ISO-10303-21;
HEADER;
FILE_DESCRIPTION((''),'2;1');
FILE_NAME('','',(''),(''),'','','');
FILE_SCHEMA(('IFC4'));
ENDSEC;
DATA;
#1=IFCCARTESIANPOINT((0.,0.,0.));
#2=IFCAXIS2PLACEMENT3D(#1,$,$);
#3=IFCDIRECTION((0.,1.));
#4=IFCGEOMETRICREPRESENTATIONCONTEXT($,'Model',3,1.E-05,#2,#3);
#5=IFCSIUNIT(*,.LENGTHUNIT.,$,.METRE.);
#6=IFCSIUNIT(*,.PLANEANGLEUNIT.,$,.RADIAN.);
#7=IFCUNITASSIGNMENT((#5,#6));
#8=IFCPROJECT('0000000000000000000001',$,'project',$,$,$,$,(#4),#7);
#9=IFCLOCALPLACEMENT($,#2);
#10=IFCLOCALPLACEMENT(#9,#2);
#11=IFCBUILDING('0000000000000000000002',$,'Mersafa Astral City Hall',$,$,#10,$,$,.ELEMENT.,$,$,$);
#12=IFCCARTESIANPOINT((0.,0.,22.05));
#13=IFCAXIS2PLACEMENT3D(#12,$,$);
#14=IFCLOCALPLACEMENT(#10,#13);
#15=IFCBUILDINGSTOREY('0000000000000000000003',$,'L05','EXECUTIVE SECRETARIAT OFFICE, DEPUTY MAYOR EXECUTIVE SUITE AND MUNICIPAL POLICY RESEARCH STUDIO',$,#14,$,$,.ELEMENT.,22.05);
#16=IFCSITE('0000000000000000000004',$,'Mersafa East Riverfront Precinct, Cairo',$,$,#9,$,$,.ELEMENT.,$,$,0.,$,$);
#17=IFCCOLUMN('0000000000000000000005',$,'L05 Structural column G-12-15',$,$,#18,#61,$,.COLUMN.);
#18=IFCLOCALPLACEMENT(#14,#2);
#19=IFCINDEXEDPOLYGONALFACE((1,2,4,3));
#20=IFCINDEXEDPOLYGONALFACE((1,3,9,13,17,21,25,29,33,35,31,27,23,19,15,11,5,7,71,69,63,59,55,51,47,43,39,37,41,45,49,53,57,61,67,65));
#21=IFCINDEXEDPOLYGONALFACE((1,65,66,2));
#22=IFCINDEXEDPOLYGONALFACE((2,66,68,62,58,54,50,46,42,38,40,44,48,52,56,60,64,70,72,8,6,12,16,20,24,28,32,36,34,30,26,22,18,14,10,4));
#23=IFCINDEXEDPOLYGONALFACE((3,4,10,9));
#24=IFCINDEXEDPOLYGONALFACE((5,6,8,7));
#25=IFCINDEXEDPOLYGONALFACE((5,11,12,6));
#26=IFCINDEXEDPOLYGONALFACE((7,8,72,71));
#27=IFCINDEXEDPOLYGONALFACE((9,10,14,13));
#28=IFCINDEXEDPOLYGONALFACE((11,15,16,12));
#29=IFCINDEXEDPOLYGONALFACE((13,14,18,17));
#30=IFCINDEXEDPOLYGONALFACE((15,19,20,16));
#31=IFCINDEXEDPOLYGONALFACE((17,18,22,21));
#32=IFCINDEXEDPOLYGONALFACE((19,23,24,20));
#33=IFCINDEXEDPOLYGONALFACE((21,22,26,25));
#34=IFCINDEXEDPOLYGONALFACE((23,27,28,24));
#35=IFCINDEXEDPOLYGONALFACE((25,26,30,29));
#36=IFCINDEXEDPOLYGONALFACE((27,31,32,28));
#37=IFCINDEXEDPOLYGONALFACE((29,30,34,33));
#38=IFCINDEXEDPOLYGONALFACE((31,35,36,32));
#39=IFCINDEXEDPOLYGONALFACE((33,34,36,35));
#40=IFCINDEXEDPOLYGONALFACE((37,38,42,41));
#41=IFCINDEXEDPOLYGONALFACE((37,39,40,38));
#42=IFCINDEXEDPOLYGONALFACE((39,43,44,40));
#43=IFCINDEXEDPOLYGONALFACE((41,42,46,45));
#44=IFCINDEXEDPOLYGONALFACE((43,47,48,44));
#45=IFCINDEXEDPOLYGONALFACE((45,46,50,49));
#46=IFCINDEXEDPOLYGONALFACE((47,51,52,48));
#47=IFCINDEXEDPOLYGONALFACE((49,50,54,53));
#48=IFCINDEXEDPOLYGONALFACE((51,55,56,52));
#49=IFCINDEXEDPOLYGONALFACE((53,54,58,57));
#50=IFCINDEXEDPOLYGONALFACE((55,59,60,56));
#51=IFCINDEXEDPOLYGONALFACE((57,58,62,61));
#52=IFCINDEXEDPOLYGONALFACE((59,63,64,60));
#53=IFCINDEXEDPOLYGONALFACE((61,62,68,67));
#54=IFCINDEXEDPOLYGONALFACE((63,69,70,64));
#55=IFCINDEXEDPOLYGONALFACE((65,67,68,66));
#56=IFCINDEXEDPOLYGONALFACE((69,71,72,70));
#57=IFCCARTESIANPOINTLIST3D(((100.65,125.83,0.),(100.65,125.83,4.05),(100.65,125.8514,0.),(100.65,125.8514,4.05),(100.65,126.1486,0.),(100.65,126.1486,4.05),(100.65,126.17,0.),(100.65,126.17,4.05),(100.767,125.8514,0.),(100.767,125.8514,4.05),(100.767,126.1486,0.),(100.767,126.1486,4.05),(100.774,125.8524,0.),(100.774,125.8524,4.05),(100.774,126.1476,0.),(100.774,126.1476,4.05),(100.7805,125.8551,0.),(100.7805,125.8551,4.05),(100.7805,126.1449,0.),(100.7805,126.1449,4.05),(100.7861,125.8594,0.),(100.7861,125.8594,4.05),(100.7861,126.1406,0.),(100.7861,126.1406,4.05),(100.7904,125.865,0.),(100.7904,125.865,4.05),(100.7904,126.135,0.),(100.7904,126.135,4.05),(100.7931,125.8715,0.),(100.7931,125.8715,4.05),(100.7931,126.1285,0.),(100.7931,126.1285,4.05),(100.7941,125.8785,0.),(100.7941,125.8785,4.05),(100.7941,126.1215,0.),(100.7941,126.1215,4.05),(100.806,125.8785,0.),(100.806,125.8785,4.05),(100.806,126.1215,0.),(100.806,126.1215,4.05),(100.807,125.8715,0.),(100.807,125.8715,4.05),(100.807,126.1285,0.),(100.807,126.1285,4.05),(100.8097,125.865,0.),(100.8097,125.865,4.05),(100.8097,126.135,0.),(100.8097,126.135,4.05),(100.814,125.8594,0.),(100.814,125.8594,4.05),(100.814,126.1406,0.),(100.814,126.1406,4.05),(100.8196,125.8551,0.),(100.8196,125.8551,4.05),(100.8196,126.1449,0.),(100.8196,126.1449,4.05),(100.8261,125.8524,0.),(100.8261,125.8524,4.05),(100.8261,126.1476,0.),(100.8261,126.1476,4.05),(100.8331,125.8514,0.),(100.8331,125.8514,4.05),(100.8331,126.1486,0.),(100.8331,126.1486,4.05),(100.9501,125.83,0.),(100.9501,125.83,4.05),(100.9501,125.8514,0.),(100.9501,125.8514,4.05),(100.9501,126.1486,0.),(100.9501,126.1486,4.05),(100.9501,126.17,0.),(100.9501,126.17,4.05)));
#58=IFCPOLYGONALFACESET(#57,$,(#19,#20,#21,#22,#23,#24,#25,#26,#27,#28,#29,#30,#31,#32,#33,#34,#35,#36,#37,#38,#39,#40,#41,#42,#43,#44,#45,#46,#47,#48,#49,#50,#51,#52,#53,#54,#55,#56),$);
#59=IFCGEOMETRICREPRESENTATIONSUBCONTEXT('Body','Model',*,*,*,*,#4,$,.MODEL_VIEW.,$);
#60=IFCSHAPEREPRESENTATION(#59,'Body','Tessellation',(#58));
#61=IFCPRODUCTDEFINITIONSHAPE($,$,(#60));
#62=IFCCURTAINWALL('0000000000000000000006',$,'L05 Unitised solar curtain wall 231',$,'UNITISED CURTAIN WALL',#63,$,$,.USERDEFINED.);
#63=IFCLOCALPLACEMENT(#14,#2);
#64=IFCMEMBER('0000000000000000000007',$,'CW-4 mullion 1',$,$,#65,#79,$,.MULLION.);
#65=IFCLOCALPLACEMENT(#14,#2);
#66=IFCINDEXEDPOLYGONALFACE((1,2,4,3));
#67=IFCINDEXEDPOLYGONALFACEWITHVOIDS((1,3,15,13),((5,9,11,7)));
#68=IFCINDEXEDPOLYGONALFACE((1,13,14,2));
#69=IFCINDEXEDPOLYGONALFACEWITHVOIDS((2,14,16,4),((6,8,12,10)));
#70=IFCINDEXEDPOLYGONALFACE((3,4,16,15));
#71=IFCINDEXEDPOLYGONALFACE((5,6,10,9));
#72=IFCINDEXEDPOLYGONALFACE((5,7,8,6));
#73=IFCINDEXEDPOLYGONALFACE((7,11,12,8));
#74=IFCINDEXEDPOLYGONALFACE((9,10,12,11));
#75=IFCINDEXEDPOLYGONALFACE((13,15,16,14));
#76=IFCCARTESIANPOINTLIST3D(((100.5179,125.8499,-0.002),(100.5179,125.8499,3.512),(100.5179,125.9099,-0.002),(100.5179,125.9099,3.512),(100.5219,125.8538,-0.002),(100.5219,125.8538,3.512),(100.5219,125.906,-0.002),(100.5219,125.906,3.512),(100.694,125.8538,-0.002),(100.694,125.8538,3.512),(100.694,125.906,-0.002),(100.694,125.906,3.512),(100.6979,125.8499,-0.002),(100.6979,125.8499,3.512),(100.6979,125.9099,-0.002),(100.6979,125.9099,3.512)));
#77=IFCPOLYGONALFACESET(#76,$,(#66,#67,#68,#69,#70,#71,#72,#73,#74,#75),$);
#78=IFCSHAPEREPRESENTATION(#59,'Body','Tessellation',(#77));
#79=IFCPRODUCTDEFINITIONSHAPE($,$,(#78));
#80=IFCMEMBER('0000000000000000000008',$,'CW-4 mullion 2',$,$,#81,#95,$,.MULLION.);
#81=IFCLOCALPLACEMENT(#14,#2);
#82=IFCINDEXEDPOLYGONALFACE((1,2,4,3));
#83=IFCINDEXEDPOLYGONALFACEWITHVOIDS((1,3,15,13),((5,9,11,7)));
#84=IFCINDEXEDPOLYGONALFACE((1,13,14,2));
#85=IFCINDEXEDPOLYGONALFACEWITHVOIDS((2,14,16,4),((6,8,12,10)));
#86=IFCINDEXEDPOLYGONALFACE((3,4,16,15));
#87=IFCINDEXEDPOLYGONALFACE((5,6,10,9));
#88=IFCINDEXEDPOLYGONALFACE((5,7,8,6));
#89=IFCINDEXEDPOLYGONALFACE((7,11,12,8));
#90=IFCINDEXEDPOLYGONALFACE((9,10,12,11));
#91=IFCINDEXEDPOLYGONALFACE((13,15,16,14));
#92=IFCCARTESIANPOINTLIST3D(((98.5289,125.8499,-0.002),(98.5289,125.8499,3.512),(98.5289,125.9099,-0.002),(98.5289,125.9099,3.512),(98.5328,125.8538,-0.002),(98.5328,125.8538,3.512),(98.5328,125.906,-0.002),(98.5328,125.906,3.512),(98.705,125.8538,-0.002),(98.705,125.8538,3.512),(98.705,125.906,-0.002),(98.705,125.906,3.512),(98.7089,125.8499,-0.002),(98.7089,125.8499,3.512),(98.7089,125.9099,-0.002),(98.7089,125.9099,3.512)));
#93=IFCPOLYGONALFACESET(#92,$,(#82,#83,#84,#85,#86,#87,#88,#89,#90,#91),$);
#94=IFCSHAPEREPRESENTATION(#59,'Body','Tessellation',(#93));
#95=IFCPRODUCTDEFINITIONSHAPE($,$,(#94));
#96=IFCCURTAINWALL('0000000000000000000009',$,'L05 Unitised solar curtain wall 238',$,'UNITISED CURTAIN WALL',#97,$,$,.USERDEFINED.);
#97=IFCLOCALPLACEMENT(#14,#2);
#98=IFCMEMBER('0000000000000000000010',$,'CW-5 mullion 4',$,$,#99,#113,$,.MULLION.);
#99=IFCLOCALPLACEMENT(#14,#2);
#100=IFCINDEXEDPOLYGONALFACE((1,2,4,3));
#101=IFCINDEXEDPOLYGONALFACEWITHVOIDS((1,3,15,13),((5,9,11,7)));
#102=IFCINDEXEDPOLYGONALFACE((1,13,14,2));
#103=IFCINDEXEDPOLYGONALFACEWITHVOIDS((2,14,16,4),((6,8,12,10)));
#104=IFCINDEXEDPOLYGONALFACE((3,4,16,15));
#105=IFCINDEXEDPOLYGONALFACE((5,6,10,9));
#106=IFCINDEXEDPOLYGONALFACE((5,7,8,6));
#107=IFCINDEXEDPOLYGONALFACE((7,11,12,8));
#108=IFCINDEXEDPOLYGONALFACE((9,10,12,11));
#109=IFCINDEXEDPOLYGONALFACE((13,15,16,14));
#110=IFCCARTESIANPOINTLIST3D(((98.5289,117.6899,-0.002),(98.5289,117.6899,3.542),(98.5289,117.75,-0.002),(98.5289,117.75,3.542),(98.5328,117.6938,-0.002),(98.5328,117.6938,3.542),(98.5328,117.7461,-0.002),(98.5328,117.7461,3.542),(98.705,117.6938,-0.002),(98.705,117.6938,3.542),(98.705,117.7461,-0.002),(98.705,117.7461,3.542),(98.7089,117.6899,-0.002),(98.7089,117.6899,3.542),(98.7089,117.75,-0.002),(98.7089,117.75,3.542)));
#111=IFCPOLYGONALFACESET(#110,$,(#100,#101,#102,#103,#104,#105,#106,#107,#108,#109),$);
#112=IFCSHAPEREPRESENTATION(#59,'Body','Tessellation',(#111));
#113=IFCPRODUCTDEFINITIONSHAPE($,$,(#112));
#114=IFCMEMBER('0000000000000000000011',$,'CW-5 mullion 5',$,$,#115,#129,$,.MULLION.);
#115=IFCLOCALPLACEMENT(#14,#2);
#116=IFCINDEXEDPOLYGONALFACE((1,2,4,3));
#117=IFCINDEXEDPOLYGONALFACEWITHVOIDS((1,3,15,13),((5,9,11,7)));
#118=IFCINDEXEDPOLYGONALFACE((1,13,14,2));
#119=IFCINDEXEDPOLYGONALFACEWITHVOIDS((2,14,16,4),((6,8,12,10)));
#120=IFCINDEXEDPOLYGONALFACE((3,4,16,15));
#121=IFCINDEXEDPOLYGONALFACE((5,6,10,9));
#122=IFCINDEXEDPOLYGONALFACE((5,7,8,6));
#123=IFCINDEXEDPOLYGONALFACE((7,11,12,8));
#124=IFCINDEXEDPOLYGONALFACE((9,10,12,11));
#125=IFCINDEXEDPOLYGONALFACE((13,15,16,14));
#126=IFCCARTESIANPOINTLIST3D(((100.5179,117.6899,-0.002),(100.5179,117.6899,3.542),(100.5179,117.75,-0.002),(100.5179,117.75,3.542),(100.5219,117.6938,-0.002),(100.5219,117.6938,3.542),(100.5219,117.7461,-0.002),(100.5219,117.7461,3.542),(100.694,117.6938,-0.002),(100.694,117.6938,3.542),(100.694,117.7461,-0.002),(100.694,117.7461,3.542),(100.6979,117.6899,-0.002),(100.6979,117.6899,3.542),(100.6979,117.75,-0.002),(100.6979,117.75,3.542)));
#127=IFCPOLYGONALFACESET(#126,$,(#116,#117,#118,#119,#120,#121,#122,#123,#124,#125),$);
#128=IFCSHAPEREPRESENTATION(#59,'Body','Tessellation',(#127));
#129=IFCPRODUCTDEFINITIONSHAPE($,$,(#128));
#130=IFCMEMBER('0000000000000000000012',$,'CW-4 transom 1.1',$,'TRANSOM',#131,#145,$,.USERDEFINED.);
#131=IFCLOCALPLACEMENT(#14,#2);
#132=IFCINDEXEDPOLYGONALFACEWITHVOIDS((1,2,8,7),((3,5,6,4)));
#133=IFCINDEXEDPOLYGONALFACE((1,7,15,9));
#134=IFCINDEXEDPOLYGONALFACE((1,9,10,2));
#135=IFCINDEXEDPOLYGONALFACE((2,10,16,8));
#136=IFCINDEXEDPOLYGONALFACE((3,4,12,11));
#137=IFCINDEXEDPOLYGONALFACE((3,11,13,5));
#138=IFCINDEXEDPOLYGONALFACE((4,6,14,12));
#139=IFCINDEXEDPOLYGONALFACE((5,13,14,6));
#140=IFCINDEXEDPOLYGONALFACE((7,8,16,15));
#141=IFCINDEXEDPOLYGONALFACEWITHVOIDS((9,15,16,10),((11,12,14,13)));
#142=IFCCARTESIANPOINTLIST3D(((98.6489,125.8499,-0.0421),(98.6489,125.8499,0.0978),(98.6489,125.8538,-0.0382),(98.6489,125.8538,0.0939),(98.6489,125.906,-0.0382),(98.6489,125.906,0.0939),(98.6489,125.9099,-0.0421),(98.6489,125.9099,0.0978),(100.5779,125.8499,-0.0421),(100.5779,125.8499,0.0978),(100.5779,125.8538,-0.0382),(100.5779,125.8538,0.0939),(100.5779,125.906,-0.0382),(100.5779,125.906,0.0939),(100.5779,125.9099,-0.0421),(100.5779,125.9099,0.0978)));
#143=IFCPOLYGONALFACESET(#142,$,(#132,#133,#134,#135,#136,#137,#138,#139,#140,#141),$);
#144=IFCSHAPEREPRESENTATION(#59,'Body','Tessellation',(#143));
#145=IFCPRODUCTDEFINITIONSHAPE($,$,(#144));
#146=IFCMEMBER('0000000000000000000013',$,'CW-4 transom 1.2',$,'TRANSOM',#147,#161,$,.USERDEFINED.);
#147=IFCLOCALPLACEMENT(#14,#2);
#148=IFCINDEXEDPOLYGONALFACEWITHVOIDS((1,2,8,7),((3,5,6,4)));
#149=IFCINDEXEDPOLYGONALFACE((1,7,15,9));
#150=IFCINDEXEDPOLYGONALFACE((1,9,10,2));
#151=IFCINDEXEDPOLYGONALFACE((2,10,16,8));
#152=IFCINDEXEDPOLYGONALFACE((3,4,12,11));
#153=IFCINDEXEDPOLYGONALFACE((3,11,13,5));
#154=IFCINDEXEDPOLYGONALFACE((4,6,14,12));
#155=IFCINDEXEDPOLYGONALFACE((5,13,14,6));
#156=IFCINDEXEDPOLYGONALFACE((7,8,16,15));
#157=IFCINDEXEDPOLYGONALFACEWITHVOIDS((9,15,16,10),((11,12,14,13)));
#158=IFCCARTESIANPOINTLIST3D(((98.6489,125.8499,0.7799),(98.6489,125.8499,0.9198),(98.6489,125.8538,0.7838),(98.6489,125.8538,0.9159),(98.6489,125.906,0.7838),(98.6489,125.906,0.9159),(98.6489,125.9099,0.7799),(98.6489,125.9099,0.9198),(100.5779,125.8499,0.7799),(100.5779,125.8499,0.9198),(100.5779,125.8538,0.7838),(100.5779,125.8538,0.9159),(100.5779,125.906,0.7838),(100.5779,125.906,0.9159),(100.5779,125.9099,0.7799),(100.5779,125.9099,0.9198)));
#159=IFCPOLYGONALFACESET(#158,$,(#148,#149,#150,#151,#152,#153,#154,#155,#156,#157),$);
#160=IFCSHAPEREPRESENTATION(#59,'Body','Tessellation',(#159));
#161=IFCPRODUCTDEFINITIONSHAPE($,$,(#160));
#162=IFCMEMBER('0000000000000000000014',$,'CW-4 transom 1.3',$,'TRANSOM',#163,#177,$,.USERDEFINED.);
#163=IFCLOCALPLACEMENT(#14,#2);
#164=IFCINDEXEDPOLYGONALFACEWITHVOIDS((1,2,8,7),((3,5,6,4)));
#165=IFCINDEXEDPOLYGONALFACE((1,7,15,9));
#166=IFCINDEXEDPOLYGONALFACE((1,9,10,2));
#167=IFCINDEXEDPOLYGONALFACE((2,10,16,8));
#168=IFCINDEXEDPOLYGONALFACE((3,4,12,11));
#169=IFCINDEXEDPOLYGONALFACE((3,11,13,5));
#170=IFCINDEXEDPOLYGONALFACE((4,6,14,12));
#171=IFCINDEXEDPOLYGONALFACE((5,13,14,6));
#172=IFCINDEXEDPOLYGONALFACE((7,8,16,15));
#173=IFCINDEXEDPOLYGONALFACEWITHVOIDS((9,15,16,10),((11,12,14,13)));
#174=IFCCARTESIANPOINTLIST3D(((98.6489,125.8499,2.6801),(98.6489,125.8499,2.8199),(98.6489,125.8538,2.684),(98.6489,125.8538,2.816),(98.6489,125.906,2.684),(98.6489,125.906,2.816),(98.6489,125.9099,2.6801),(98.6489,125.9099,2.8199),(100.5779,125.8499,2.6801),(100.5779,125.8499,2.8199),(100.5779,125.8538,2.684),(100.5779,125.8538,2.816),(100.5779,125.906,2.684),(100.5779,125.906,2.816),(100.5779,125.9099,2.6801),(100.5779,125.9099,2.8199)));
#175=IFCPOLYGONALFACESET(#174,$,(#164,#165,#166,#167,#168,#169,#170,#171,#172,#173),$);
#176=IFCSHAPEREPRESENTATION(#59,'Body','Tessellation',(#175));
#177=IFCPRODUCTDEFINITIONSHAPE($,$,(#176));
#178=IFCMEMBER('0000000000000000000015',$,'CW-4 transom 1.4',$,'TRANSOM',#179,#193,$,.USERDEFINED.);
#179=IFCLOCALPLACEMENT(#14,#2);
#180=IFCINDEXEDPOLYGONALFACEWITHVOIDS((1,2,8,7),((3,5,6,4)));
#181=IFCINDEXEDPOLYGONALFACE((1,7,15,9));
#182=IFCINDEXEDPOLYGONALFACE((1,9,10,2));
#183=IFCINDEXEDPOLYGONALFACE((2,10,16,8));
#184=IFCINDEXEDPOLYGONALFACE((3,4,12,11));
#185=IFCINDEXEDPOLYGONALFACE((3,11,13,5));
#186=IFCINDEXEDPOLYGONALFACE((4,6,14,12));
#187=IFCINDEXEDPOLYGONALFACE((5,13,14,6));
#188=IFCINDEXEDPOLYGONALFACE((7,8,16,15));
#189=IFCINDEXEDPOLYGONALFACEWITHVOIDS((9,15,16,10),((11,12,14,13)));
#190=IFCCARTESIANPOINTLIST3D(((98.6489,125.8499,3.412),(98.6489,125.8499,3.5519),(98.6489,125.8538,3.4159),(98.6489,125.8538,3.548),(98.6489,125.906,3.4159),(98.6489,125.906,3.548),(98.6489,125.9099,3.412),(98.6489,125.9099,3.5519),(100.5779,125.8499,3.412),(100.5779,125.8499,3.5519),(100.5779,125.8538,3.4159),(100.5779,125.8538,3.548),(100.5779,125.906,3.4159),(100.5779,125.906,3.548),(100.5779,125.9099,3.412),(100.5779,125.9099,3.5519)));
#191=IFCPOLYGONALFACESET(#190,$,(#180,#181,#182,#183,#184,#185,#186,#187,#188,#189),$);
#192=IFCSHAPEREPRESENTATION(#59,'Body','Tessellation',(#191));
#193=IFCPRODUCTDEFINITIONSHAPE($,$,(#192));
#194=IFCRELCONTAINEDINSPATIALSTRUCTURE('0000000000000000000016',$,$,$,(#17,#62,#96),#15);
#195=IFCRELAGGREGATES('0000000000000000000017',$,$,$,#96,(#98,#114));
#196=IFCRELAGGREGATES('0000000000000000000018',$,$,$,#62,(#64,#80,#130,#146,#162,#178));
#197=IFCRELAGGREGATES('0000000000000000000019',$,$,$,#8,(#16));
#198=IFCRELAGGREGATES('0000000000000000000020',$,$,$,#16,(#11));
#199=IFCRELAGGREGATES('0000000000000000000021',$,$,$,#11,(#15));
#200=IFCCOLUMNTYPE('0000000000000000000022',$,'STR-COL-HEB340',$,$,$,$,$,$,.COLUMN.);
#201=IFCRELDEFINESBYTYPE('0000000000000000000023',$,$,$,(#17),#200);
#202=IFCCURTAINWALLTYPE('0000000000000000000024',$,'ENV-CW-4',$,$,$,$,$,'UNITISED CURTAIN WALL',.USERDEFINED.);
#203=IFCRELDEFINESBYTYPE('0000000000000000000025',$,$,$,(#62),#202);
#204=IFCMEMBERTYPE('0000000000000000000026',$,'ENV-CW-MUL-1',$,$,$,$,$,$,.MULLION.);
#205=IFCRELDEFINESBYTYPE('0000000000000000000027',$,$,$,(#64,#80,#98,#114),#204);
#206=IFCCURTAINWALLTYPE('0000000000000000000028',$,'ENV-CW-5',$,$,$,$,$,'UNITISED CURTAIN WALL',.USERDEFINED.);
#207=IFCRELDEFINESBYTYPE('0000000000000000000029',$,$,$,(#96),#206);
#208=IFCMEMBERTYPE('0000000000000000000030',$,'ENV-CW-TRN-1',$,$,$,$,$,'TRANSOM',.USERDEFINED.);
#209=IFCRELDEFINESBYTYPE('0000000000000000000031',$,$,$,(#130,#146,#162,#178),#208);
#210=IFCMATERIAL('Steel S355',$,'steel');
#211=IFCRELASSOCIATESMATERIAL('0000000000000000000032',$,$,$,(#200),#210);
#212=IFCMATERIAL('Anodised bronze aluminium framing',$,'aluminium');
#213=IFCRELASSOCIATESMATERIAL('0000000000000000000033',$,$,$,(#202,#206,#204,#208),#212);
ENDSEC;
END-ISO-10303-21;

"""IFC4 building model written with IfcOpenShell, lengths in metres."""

from ifc_helpers import new_model, si_unit, direction, frame, origin, origin_2d, place, context, subcontext, project, spatial, hollow_rectangle, i_section, extrude, material, material_profile, profile_set, type_object, element, aggregate, save


model = new_model("IFC4")

# Units and contexts
model_context = context("Model", 3, precision=1e-05, world=origin(), true_north=direction((0.0, 1.0)))
body_context = subcontext(model_context, "Body", "Model", "MODEL_VIEW")
ifc_project = project(units=[si_unit("LENGTHUNIT", "METRE"), si_unit("PLANEANGLEUNIT", "RADIAN")], contexts=[model_context])

# Site, building, storey
site_placement = place(None, origin())
site = spatial("IfcSite", under=ifc_project, at=site_placement, Name="Mersafa East Riverfront Precinct, Cairo", CompositionType="ELEMENT", RefElevation=0.0)
building_placement = place(site_placement, origin())
building = spatial("IfcBuilding", under=site, at=building_placement, Name="Mersafa Astral City Hall", CompositionType="ELEMENT")
storey_placement = place(building_placement, frame((0.0, 0.0, 22.05)))
storey = spatial("IfcBuildingStorey", under=building, at=storey_placement, Name="L05", Description="EXECUTIVE SECRETARIAT OFFICE, DEPUTY MAYOR EXECUTIVE SUITE AND MUNICIPAL POLICY RESEARCH STUDIO", CompositionType="ELEMENT", Elevation=22.05)

# Column
ifc_material_1 = material(Name="Steel S355", Category="steel")
ifc_material_profile_1 = material_profile(ifc_material_1, i_section(OverallWidth=0.3, OverallDepth=0.3401, WebThickness=0.012, FlangeThickness=0.0215, FilletRadius=0.0271, at=origin_2d()), Name="HEB 340")
ifc_profile_set_1 = profile_set([ifc_material_profile_1], Name="Steel S355")
column_type = type_object("IfcColumnType", Name="STR-COL-HEB340", PredefinedType="COLUMN", material=ifc_profile_set_1)
column_placement = place(storey_placement, frame((100.8, 126.0, 0.0), z_axis=(0.0, 0.0, 1.0), x_axis=(1.0, 0.0, 0.0)))
element("IfcColumn", 1, at=column_placement, inside=storey, type_object=column_type, Name="L05 Structural column G-12-15", PredefinedType="COLUMN", context=body_context, shape_type="SweptSolid", body=[
    extrude(i_section(OverallWidth=0.3, OverallDepth=0.3401, WebThickness=0.012, FlangeThickness=0.0215, FilletRadius=0.0271, at=origin_2d()), origin(), (0.0, 0.0, 1.0), 4.05),
])

# Curtain walls, members
ifc_material_2 = material(Name="Anodised bronze aluminium framing", Category="aluminium")
curtain_wall_type_1 = type_object("IfcCurtainWallType", Name="ENV-CW-4", ElementType="UNITISED CURTAIN WALL", PredefinedType="USERDEFINED", material=ifc_material_2)
curtain_wall_1_placement = place(storey_placement, origin())
curtain_wall_1 = element("IfcCurtainWall", 2, at=curtain_wall_1_placement, inside=storey, type_object=curtain_wall_type_1, Name="L05 Unitised solar curtain wall 231", ObjectType="UNITISED CURTAIN WALL", PredefinedType="USERDEFINED")
ifc_material_profile_2 = material_profile(ifc_material_2, hollow_rectangle(XDim=0.0601, YDim=0.1799, WallThickness=0.0039, at=origin_2d()), Name="RHS 60x180x4")
ifc_profile_set_2 = profile_set([ifc_material_profile_2], Name="Anodised bronze aluminium framing")
member_type_1 = type_object("IfcMemberType", Name="ENV-CW-MUL-1", PredefinedType="MULLION", material=ifc_profile_set_2)
member_1_placement = place(storey_placement, frame((100.6079, 125.8799, -0.002), z_axis=(0.0, 0.0, 1.0), x_axis=(0.0, -1.0, 0.0)))
member_1 = element("IfcMember", 3, at=member_1_placement, type_object=member_type_1, Name="CW-4 mullion 1", PredefinedType="MULLION", context=body_context, shape_type="SweptSolid", body=[
    extrude(hollow_rectangle(XDim=0.0601, YDim=0.1799, WallThickness=0.0039, at=origin_2d()), origin(), (0.0, 0.0, 1.0), 3.5139),
])
member_2_placement = place(storey_placement, frame((98.6189, 125.8799, -0.002), z_axis=(0.0, 0.0, 1.0), x_axis=(0.0, -1.0, 0.0)))
member_2 = element("IfcMember", 4, at=member_2_placement, type_object=member_type_1, Name="CW-4 mullion 2", PredefinedType="MULLION", context=body_context, shape_type="SweptSolid", body=[
    extrude(hollow_rectangle(XDim=0.0601, YDim=0.1799, WallThickness=0.0039, at=origin_2d()), origin(), (0.0, 0.0, 1.0), 3.5139),
])
curtain_wall_type_2 = type_object("IfcCurtainWallType", Name="ENV-CW-5", ElementType="UNITISED CURTAIN WALL", PredefinedType="USERDEFINED", material=ifc_material_2)
curtain_wall_2_placement = place(storey_placement, origin())
curtain_wall_2 = element("IfcCurtainWall", 5, at=curtain_wall_2_placement, inside=storey, type_object=curtain_wall_type_2, Name="L05 Unitised solar curtain wall 238", ObjectType="UNITISED CURTAIN WALL", PredefinedType="USERDEFINED")
member_3_placement = place(storey_placement, frame((98.6189, 117.72, -0.002), z_axis=(0.0, 0.0, 1.0), x_axis=(0.0, 1.0, 0.0)))
member_3 = element("IfcMember", 6, at=member_3_placement, type_object=member_type_1, Name="CW-5 mullion 4", PredefinedType="MULLION", context=body_context, shape_type="SweptSolid", body=[
    extrude(hollow_rectangle(XDim=0.0601, YDim=0.1799, WallThickness=0.0039, at=origin_2d()), origin(), (0.0, 0.0, 1.0), 3.5439),
])
member_4_placement = place(storey_placement, frame((100.6079, 117.72, -0.002), z_axis=(0.0, 0.0, 1.0), x_axis=(0.0, 1.0, 0.0)))
member_4 = element("IfcMember", 7, at=member_4_placement, type_object=member_type_1, Name="CW-5 mullion 5", PredefinedType="MULLION", context=body_context, shape_type="SweptSolid", body=[
    extrude(hollow_rectangle(XDim=0.0601, YDim=0.1799, WallThickness=0.0039, at=origin_2d()), origin(), (0.0, 0.0, 1.0), 3.5439),
])

# Members
ifc_material_profile_3 = material_profile(ifc_material_2, hollow_rectangle(XDim=0.0601, YDim=0.1399, WallThickness=0.0039, at=origin_2d()), Name="RHS 60x140x4")
ifc_profile_set_3 = profile_set([ifc_material_profile_3], Name="Anodised bronze aluminium framing")
member_type_2 = type_object("IfcMemberType", Name="ENV-CW-TRN-1", ElementType="TRANSOM", PredefinedType="USERDEFINED", material=ifc_profile_set_3)
member_5_placement = place(storey_placement, frame((100.5779, 125.8799, 0.0278), z_axis=(-1.0, 0.0, 0.0), x_axis=(0.0, -1.0, 0.0)))
member_5 = element("IfcMember", 8, at=member_5_placement, type_object=member_type_2, Name="CW-4 transom 1.1", ObjectType="TRANSOM", PredefinedType="USERDEFINED", context=body_context, shape_type="SweptSolid", body=[
    extrude(hollow_rectangle(XDim=0.0601, YDim=0.1399, WallThickness=0.0039, at=origin_2d()), origin(), (0.0, 0.0, 1.0), 1.929),
])
member_6_placement = place(storey_placement, frame((100.5779, 125.8799, 0.8499), z_axis=(-1.0, 0.0, 0.0), x_axis=(0.0, -1.0, 0.0)))
member_6 = element("IfcMember", 9, at=member_6_placement, type_object=member_type_2, Name="CW-4 transom 1.2", ObjectType="TRANSOM", PredefinedType="USERDEFINED", context=body_context, shape_type="SweptSolid", body=[
    extrude(hollow_rectangle(XDim=0.0601, YDim=0.1399, WallThickness=0.0039, at=origin_2d()), origin(), (0.0, 0.0, 1.0), 1.929),
])
member_7_placement = place(storey_placement, frame((100.5779, 125.8799, 2.75), z_axis=(-1.0, 0.0, 0.0), x_axis=(0.0, -1.0, 0.0)))
member_7 = element("IfcMember", 10, at=member_7_placement, type_object=member_type_2, Name="CW-4 transom 1.3", ObjectType="TRANSOM", PredefinedType="USERDEFINED", context=body_context, shape_type="SweptSolid", body=[
    extrude(hollow_rectangle(XDim=0.0601, YDim=0.1399, WallThickness=0.0039, at=origin_2d()), origin(), (0.0, 0.0, 1.0), 1.929),
])
member_8_placement = place(storey_placement, frame((100.5779, 125.8799, 3.4819), z_axis=(-1.0, 0.0, 0.0), x_axis=(0.0, -1.0, 0.0)))
member_8 = element("IfcMember", 11, at=member_8_placement, type_object=member_type_2, Name="CW-4 transom 1.4", ObjectType="TRANSOM", PredefinedType="USERDEFINED", context=body_context, shape_type="SweptSolid", body=[
    extrude(hollow_rectangle(XDim=0.0601, YDim=0.1399, WallThickness=0.0039, at=origin_2d()), origin(), (0.0, 0.0, 1.0), 1.929),
])

aggregate(curtain_wall_2, [member_3, member_4])
aggregate(curtain_wall_1, [member_1, member_2, member_5, member_6, member_7, member_8])

save(model, "model.ifc")
